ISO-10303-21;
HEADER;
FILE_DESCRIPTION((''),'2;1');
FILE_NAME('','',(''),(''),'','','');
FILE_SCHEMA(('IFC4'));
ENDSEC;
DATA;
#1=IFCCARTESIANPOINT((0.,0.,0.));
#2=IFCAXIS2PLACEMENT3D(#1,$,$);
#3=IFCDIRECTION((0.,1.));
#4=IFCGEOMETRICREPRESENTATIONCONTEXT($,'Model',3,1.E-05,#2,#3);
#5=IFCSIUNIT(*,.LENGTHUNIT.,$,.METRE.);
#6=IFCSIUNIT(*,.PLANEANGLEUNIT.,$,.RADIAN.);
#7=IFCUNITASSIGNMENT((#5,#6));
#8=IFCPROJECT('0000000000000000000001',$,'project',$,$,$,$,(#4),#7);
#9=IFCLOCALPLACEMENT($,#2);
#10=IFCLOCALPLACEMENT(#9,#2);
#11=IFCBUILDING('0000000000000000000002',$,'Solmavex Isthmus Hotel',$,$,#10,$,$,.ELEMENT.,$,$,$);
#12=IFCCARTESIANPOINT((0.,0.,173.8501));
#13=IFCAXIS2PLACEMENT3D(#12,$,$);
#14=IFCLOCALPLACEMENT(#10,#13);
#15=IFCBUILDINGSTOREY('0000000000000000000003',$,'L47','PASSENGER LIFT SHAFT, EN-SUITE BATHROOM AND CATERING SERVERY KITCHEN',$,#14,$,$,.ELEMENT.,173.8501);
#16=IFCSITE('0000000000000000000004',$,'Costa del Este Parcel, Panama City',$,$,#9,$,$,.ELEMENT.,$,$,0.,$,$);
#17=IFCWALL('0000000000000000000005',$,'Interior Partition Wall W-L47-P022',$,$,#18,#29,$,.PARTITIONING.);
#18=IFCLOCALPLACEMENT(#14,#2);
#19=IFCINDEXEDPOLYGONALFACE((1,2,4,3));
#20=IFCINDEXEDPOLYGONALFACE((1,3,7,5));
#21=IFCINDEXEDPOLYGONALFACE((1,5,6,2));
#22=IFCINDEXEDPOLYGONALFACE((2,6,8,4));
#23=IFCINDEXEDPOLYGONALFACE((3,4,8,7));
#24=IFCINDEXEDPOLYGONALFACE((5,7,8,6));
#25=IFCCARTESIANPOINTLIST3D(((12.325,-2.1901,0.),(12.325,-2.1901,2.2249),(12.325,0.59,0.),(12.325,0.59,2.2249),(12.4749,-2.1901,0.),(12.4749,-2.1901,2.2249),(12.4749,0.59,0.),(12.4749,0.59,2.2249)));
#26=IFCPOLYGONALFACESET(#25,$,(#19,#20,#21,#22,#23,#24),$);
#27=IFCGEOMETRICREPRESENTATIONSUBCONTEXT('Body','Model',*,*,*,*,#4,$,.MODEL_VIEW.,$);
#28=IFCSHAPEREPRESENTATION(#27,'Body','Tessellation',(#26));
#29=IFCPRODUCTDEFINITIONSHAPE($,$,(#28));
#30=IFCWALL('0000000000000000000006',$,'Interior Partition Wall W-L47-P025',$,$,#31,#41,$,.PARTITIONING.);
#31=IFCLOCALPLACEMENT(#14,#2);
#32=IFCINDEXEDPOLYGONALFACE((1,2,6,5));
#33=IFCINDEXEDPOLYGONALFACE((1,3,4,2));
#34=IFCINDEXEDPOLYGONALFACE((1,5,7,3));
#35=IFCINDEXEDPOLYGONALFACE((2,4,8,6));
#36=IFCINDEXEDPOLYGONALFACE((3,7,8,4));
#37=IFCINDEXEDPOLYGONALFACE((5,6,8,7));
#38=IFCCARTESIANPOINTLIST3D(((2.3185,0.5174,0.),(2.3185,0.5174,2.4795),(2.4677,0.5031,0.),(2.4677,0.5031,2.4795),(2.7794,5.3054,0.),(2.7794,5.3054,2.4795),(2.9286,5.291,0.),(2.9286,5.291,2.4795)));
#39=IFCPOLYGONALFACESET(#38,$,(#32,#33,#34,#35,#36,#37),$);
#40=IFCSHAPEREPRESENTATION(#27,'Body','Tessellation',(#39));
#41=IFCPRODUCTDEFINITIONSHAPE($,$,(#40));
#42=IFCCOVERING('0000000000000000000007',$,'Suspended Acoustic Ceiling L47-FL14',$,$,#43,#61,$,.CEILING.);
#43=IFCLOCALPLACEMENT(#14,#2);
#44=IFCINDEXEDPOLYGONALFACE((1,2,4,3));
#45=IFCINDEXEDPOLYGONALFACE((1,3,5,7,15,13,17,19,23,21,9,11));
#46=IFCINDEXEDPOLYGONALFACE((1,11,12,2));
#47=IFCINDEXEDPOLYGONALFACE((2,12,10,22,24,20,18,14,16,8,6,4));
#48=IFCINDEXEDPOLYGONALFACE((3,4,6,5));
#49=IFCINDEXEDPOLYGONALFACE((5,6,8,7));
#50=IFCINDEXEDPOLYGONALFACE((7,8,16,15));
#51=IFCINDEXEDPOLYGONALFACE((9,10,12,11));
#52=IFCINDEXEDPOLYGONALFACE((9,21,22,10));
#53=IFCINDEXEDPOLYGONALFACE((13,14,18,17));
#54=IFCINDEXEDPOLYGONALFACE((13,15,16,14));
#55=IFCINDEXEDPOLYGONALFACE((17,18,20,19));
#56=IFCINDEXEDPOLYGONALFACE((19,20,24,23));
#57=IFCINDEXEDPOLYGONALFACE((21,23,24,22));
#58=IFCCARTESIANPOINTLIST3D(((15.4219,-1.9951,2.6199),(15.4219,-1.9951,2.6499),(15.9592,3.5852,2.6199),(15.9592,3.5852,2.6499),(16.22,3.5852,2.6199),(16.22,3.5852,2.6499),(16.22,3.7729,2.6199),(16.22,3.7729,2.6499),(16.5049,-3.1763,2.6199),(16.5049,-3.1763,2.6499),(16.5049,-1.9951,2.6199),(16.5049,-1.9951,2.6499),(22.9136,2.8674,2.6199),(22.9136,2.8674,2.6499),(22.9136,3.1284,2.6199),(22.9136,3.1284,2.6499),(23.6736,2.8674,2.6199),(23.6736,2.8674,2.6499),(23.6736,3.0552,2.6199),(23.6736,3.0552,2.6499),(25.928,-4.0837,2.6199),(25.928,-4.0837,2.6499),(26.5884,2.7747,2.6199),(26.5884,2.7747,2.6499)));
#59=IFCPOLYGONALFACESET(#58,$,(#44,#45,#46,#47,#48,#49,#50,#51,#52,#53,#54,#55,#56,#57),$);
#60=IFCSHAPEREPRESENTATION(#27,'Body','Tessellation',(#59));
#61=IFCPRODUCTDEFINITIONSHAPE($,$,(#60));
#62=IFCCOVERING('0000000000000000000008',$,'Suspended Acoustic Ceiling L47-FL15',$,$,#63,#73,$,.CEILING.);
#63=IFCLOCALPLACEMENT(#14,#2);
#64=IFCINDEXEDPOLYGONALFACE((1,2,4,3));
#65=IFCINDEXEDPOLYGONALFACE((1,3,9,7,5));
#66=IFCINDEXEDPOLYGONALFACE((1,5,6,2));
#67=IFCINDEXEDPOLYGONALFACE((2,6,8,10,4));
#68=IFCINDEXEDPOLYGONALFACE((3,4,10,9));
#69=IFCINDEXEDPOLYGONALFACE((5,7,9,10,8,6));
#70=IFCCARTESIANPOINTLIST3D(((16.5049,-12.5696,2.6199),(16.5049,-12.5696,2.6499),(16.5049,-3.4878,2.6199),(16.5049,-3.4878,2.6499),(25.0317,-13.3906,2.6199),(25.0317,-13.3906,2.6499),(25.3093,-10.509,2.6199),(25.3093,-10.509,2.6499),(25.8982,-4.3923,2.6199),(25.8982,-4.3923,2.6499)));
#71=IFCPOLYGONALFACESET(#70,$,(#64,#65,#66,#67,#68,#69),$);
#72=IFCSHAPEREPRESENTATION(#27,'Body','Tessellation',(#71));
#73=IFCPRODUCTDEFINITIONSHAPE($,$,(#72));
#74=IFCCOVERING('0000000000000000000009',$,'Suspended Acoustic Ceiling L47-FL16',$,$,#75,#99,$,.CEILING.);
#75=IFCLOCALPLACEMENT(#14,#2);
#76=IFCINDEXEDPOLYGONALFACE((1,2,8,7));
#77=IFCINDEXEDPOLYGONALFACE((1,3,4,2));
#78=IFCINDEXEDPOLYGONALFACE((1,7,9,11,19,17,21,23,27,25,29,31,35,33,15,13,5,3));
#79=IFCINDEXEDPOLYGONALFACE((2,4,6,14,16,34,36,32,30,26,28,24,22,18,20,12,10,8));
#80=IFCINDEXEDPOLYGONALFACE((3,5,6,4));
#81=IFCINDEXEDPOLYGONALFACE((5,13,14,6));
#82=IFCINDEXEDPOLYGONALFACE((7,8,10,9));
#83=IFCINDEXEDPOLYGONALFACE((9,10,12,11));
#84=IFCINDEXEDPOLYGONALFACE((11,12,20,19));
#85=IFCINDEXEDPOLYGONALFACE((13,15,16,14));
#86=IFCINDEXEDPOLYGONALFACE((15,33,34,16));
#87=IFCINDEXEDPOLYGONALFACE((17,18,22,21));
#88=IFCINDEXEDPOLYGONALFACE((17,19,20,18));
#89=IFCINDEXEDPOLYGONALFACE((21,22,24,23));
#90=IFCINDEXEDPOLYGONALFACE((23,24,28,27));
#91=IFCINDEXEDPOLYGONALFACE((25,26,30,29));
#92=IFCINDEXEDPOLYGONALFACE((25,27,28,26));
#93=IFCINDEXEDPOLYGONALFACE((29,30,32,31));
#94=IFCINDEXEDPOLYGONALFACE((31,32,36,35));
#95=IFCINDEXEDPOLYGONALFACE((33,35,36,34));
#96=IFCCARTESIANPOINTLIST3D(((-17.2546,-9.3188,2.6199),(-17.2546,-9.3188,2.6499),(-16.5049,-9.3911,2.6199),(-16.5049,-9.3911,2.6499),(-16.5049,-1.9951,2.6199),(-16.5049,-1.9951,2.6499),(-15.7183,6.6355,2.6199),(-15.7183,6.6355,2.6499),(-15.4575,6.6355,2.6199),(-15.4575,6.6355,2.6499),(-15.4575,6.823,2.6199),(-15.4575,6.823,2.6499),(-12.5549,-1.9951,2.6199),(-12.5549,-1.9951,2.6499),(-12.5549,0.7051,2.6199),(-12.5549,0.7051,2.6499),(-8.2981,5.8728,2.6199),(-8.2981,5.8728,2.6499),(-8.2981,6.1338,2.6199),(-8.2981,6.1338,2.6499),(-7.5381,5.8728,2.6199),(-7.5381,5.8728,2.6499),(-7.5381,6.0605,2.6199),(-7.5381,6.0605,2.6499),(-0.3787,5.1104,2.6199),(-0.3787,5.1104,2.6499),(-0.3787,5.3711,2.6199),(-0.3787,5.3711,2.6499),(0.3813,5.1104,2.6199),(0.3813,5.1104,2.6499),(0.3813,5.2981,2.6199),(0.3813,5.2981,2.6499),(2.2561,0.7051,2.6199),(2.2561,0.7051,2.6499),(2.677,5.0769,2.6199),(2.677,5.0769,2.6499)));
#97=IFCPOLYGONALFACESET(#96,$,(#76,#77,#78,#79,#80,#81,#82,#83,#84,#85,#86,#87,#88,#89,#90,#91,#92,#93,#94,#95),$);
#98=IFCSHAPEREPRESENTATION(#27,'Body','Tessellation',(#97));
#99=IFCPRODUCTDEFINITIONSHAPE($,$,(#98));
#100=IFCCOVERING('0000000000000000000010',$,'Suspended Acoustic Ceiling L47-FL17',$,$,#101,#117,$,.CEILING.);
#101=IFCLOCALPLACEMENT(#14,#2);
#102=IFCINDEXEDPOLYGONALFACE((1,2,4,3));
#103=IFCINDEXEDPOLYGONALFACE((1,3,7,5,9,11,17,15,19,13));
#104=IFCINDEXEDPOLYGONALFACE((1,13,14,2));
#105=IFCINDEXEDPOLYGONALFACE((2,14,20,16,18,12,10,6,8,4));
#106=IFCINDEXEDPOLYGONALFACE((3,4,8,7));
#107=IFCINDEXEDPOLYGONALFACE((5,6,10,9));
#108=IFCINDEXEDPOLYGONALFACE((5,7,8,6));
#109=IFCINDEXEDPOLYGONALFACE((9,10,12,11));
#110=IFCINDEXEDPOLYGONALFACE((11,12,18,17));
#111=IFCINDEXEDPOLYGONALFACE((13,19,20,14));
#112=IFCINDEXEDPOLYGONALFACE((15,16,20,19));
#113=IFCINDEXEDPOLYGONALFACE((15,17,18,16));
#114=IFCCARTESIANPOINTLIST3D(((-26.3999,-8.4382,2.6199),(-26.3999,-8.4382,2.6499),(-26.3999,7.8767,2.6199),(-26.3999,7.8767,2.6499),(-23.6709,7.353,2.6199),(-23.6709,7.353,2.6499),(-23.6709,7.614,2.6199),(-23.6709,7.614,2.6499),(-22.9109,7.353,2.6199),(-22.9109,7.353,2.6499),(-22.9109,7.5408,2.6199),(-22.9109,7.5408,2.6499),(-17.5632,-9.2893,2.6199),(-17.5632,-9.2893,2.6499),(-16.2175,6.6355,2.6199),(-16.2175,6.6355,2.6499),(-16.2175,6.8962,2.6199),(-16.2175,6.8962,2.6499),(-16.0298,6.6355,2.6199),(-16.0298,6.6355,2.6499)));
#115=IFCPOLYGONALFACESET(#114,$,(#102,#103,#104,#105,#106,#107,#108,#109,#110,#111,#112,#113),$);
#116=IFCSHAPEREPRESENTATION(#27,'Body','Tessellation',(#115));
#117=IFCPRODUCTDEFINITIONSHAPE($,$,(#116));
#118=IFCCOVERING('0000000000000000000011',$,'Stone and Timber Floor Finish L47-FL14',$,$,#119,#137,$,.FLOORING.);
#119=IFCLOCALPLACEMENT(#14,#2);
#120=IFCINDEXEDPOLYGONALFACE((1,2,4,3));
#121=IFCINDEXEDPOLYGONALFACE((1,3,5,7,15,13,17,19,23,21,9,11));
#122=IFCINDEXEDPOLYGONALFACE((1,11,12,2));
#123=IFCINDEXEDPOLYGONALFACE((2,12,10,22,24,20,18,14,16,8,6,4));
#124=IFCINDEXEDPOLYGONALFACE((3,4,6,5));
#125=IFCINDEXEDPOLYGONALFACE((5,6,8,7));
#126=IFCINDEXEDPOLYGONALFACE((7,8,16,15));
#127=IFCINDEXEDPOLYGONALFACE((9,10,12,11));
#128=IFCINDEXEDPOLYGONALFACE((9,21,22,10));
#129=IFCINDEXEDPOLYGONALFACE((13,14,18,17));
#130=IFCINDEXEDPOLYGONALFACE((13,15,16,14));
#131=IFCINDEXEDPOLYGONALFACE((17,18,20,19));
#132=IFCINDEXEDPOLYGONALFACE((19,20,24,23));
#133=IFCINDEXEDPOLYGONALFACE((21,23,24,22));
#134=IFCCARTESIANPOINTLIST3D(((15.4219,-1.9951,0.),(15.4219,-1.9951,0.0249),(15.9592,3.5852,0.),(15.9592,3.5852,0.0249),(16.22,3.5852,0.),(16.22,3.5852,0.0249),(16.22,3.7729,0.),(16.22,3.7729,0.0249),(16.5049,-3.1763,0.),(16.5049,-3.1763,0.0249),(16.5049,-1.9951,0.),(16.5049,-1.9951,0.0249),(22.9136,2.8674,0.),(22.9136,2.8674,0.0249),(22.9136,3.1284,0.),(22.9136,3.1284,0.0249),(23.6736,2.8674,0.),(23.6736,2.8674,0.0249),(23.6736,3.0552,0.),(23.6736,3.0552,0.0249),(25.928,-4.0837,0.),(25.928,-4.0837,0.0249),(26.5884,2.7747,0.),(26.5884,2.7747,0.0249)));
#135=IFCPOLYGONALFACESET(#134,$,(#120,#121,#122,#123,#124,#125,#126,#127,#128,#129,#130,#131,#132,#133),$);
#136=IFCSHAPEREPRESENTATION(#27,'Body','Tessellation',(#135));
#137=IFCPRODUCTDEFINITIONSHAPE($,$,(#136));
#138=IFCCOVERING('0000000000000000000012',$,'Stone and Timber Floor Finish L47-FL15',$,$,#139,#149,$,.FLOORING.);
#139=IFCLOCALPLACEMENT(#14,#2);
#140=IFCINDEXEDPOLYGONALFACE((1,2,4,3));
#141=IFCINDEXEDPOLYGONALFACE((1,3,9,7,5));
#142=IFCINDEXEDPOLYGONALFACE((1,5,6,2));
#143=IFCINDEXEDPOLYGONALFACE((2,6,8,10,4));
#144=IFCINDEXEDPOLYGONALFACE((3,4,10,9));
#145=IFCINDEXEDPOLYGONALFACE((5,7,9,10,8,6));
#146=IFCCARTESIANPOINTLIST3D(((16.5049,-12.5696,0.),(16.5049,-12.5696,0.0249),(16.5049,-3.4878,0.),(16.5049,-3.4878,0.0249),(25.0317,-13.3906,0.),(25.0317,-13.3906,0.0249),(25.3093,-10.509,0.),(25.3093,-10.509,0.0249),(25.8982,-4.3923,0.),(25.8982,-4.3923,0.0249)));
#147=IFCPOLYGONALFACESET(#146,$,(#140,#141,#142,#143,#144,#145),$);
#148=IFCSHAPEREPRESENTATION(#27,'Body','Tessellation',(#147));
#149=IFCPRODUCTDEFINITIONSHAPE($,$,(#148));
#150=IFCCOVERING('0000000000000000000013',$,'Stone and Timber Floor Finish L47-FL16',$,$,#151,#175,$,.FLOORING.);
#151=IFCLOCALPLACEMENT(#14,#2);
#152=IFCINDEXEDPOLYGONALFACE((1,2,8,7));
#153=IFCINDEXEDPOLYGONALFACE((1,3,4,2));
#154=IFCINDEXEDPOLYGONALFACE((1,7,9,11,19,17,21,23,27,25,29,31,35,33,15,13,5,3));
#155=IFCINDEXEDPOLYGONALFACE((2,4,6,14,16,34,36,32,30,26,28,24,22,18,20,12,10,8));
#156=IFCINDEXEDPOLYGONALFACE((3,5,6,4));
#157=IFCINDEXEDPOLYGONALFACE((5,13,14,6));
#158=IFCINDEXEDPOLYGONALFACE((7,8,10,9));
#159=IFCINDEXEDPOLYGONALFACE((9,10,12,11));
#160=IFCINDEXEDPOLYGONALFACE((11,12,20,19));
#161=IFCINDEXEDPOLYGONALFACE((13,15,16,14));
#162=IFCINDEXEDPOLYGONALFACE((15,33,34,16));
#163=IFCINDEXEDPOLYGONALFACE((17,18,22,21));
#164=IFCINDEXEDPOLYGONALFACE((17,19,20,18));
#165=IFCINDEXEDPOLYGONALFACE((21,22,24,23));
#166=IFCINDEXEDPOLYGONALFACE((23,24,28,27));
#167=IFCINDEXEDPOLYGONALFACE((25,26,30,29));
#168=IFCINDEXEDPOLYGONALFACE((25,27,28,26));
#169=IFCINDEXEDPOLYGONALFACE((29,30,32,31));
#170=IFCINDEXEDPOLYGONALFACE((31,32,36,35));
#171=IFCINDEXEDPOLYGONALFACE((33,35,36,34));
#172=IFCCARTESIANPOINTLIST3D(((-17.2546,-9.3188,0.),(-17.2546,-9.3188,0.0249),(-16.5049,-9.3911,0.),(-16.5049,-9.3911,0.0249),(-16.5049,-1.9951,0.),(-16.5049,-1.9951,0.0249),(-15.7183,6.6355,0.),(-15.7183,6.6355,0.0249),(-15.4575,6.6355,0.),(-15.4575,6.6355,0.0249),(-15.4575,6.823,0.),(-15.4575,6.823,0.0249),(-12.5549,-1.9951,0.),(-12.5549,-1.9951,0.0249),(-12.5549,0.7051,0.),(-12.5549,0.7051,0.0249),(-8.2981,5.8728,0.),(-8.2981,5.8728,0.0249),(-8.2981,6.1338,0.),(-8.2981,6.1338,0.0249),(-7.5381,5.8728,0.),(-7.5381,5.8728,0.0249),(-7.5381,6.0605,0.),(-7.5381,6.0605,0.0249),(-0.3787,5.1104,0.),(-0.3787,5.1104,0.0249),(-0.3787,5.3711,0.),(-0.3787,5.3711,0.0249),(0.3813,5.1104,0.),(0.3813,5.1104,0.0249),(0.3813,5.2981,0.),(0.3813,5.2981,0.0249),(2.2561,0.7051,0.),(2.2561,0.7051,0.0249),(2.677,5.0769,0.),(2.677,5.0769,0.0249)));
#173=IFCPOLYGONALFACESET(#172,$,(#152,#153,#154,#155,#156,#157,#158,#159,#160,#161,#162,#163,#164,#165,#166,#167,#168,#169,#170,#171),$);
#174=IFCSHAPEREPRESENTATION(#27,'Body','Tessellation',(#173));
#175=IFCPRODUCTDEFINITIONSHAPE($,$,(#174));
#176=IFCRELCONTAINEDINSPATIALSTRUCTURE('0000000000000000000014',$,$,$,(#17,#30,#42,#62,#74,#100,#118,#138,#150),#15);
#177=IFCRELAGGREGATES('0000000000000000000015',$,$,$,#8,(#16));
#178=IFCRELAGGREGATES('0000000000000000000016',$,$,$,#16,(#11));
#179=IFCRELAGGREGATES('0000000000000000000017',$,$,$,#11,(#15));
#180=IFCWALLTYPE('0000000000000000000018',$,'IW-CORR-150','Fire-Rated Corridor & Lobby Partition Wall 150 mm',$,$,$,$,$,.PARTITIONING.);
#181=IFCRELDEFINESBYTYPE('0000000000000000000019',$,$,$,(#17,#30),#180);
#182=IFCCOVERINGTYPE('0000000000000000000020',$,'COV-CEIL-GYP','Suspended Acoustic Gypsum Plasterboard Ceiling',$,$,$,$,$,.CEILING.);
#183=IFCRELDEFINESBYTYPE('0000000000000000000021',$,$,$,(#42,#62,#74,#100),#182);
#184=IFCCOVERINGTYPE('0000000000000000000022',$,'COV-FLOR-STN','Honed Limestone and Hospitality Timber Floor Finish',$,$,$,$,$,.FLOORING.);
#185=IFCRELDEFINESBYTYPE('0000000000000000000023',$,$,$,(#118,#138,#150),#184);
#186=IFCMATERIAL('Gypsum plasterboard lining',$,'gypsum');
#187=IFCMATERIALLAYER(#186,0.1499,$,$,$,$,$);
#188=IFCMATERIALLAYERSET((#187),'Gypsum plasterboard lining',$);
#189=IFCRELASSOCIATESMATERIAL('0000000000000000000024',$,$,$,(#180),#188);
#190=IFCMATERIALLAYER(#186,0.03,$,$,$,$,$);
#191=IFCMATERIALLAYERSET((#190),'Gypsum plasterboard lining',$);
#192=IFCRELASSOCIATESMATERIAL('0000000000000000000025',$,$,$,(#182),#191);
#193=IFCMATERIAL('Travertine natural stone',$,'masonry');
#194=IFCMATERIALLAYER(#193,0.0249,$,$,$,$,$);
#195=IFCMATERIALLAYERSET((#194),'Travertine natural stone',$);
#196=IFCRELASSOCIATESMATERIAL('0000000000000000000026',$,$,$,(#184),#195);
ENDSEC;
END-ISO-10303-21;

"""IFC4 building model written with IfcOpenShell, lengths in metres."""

from ifc_helpers import new_model, si_unit, direction, frame, frame_2d, origin, place, context, subcontext, project, spatial, polyline, rectangle, outline, extrude, material, layer, layer_set, type_object, element, save


model = new_model("IFC4")

# Units and contexts
model_context = context("Model", 3, precision=1e-05, world=origin(), true_north=direction((0.0, 1.0)))
body_context = subcontext(model_context, "Body", "Model", "MODEL_VIEW")
ifc_project = project(units=[si_unit("LENGTHUNIT", "METRE"), si_unit("PLANEANGLEUNIT", "RADIAN")], contexts=[model_context])

# Site, building, storey
site_placement = place(None, origin())
site = spatial("IfcSite", under=ifc_project, at=site_placement, Name="Costa del Este Parcel, Panama City", CompositionType="ELEMENT", RefElevation=0.0)
building_placement = place(site_placement, origin())
building = spatial("IfcBuilding", under=site, at=building_placement, Name="Solmavex Isthmus Hotel", CompositionType="ELEMENT")
storey_placement = place(building_placement, frame((0.0, 0.0, 173.8501)))
storey = spatial("IfcBuildingStorey", under=building, at=storey_placement, Name="L47", Description="PASSENGER LIFT SHAFT, EN-SUITE BATHROOM AND CATERING SERVERY KITCHEN", CompositionType="ELEMENT", Elevation=173.8501)

# Shared definitions
ifc_material_1 = material(Name="Gypsum plasterboard lining", Category="gypsum")
ifc_layer_1 = layer(ifc_material_1, 0.1499)
ifc_layer_set_1 = layer_set([ifc_layer_1], Name="Gypsum plasterboard lining")
wall_type_1 = type_object("IfcWallType", Name="IW-CORR-150", Description="Fire-Rated Corridor & Lobby Partition Wall 150 mm", PredefinedType="PARTITIONING", material=ifc_layer_set_1)

# Walls
wall_1_placement = place(storey_placement, frame((12.3999, 0.5901, 0.0), z_axis=(0.0, 0.0, 1.0), x_axis=(0.0, -1.0, 0.0)))
element("IfcWall", 1, at=wall_1_placement, inside=storey, type_object=wall_type_1, Name="Interior Partition Wall W-L47-P022", PredefinedType="PARTITIONING", context=body_context, shape_type="SweptSolid", body=[
    extrude(rectangle(XDim=2.78, YDim=0.1499, at=frame_2d((1.3901, 0.0))), origin(), (0.0, 0.0, 1.0), 2.2249),
])
wall_2_placement = place(storey_placement, frame((2.3931, 0.5103, 0.0), z_axis=(0.0, 0.0, 1.0), x_axis=(0.095829, 0.995398, 0.0)))
element("IfcWall", 2, at=wall_2_placement, inside=storey, type_object=wall_type_1, Name="Interior Partition Wall W-L47-P025", PredefinedType="PARTITIONING", context=body_context, shape_type="SweptSolid", body=[
    extrude(rectangle(XDim=4.8101, YDim=0.1499, at=frame_2d((2.405, 0.0))), origin(), (0.0, 0.0, 1.0), 2.4795),
])

# Coverings
ifc_layer_2 = layer(ifc_material_1, 0.03)
ifc_layer_set_2 = layer_set([ifc_layer_2], Name="Gypsum plasterboard lining")
covering_type_1 = type_object("IfcCoveringType", Name="COV-CEIL-GYP", Description="Suspended Acoustic Gypsum Plasterboard Ceiling", PredefinedType="CEILING", material=ifc_layer_set_2)
covering_1_placement = place(storey_placement, frame((0.0, 0.0, 2.6199)))
element("IfcCovering", 3, at=covering_1_placement, inside=storey, type_object=covering_type_1, Name="Suspended Acoustic Ceiling L47-FL14", PredefinedType="CEILING", context=body_context, shape_type="SweptSolid", body=[
    extrude(outline(polyline([(16.22, 3.7729), (16.22, 3.5852), (15.9592, 3.5852), (15.4219, -1.9951), (16.5049, -1.9951), (16.5049, -3.1763), (25.928, -4.0837), (26.5884, 2.7747), (23.6736, 3.0552), (23.6736, 2.8674), (22.9136, 2.8674), (22.9136, 3.1284), (16.22, 3.7729)])), origin(), (0.0, 0.0, 1.0), 0.03),
])
covering_2_placement = place(storey_placement, frame((0.0, 0.0, 2.6199)))
element("IfcCovering", 4, at=covering_2_placement, inside=storey, type_object=covering_type_1, Name="Suspended Acoustic Ceiling L47-FL15", PredefinedType="CEILING", context=body_context, shape_type="SweptSolid", body=[
    extrude(outline(polyline([(16.5049, -3.4878), (16.5049, -12.5696), (25.0317, -13.3906), (25.3093, -10.509), (25.8982, -4.3923), (16.5049, -3.4878)])), origin(), (0.0, 0.0, 1.0), 0.03),
])
covering_3_placement = place(storey_placement, frame((0.0, 0.0, 2.6199)))
element("IfcCovering", 5, at=covering_3_placement, inside=storey, type_object=covering_type_1, Name="Suspended Acoustic Ceiling L47-FL16", PredefinedType="CEILING", context=body_context, shape_type="SweptSolid", body=[
    extrude(outline(polyline([(-15.4575, 6.823), (-15.4575, 6.6355), (-15.7183, 6.6355), (-17.2546, -9.3188), (-16.5049, -9.3911), (-16.5049, -1.9951), (-12.5549, -1.9951), (-12.5549, 0.7051), (2.2561, 0.7051), (2.677, 5.0769), (0.3813, 5.2981), (0.3813, 5.1104), (-0.3787, 5.1104), (-0.3787, 5.3711), (-7.5381, 6.0605), (-7.5381, 5.8728), (-8.2981, 5.8728), (-8.2981, 6.1338), (-15.4575, 6.823)])), origin(), (0.0, 0.0, 1.0), 0.03),
])
covering_4_placement = place(storey_placement, frame((0.0, 0.0, 2.6199)))
element("IfcCovering", 6, at=covering_4_placement, inside=storey, type_object=covering_type_1, Name="Suspended Acoustic Ceiling L47-FL17", PredefinedType="CEILING", context=body_context, shape_type="SweptSolid", body=[
    extrude(outline(polyline([(-22.9109, 7.5408), (-22.9109, 7.353), (-23.6709, 7.353), (-23.6709, 7.614), (-26.3999, 7.8767), (-26.3999, -8.4382), (-17.5632, -9.2893), (-16.0298, 6.6355), (-16.2175, 6.6355), (-16.2175, 6.8962), (-22.9109, 7.5408)])), origin(), (0.0, 0.0, 1.0), 0.03),
])
ifc_material_2 = material(Name="Travertine natural stone", Category="masonry")
ifc_layer_3 = layer(ifc_material_2, 0.0249)
ifc_layer_set_3 = layer_set([ifc_layer_3], Name="Travertine natural stone")
covering_type_2 = type_object("IfcCoveringType", Name="COV-FLOR-STN", Description="Honed Limestone and Hospitality Timber Floor Finish", PredefinedType="FLOORING", material=ifc_layer_set_3)
covering_5_placement = place(storey_placement, origin())
element("IfcCovering", 7, at=covering_5_placement, inside=storey, type_object=covering_type_2, Name="Stone and Timber Floor Finish L47-FL14", PredefinedType="FLOORING", context=body_context, shape_type="SweptSolid", body=[
    extrude(outline(polyline([(16.22, 3.7729), (16.22, 3.5852), (15.9592, 3.5852), (15.4219, -1.9951), (16.5049, -1.9951), (16.5049, -3.1763), (25.928, -4.0837), (26.5884, 2.7747), (23.6736, 3.0552), (23.6736, 2.8674), (22.9136, 2.8674), (22.9136, 3.1284), (16.22, 3.7729)])), origin(), (0.0, 0.0, 1.0), 0.0249),
])
covering_6_placement = place(storey_placement, origin())
element("IfcCovering", 8, at=covering_6_placement, inside=storey, type_object=covering_type_2, Name="Stone and Timber Floor Finish L47-FL15", PredefinedType="FLOORING", context=body_context, shape_type="SweptSolid", body=[
    extrude(outline(polyline([(16.5049, -3.4878), (16.5049, -12.5696), (25.0317, -13.3906), (25.3093, -10.509), (25.8982, -4.3923), (16.5049, -3.4878)])), origin(), (0.0, 0.0, 1.0), 0.0249),
])
covering_7_placement = place(storey_placement, origin())
element("IfcCovering", 9, at=covering_7_placement, inside=storey, type_object=covering_type_2, Name="Stone and Timber Floor Finish L47-FL16", PredefinedType="FLOORING", context=body_context, shape_type="SweptSolid", body=[
    extrude(outline(polyline([(-15.4575, 6.823), (-15.4575, 6.6355), (-15.7183, 6.6355), (-17.2546, -9.3188), (-16.5049, -9.3911), (-16.5049, -1.9951), (-12.5549, -1.9951), (-12.5549, 0.7051), (2.2561, 0.7051), (2.677, 5.0769), (0.3813, 5.2981), (0.3813, 5.1104), (-0.3787, 5.1104), (-0.3787, 5.3711), (-7.5381, 6.0605), (-7.5381, 5.8728), (-8.2981, 5.8728), (-8.2981, 6.1338), (-15.4575, 6.823)])), origin(), (0.0, 0.0, 1.0), 0.0249),
])

save(model, "model.ifc")
